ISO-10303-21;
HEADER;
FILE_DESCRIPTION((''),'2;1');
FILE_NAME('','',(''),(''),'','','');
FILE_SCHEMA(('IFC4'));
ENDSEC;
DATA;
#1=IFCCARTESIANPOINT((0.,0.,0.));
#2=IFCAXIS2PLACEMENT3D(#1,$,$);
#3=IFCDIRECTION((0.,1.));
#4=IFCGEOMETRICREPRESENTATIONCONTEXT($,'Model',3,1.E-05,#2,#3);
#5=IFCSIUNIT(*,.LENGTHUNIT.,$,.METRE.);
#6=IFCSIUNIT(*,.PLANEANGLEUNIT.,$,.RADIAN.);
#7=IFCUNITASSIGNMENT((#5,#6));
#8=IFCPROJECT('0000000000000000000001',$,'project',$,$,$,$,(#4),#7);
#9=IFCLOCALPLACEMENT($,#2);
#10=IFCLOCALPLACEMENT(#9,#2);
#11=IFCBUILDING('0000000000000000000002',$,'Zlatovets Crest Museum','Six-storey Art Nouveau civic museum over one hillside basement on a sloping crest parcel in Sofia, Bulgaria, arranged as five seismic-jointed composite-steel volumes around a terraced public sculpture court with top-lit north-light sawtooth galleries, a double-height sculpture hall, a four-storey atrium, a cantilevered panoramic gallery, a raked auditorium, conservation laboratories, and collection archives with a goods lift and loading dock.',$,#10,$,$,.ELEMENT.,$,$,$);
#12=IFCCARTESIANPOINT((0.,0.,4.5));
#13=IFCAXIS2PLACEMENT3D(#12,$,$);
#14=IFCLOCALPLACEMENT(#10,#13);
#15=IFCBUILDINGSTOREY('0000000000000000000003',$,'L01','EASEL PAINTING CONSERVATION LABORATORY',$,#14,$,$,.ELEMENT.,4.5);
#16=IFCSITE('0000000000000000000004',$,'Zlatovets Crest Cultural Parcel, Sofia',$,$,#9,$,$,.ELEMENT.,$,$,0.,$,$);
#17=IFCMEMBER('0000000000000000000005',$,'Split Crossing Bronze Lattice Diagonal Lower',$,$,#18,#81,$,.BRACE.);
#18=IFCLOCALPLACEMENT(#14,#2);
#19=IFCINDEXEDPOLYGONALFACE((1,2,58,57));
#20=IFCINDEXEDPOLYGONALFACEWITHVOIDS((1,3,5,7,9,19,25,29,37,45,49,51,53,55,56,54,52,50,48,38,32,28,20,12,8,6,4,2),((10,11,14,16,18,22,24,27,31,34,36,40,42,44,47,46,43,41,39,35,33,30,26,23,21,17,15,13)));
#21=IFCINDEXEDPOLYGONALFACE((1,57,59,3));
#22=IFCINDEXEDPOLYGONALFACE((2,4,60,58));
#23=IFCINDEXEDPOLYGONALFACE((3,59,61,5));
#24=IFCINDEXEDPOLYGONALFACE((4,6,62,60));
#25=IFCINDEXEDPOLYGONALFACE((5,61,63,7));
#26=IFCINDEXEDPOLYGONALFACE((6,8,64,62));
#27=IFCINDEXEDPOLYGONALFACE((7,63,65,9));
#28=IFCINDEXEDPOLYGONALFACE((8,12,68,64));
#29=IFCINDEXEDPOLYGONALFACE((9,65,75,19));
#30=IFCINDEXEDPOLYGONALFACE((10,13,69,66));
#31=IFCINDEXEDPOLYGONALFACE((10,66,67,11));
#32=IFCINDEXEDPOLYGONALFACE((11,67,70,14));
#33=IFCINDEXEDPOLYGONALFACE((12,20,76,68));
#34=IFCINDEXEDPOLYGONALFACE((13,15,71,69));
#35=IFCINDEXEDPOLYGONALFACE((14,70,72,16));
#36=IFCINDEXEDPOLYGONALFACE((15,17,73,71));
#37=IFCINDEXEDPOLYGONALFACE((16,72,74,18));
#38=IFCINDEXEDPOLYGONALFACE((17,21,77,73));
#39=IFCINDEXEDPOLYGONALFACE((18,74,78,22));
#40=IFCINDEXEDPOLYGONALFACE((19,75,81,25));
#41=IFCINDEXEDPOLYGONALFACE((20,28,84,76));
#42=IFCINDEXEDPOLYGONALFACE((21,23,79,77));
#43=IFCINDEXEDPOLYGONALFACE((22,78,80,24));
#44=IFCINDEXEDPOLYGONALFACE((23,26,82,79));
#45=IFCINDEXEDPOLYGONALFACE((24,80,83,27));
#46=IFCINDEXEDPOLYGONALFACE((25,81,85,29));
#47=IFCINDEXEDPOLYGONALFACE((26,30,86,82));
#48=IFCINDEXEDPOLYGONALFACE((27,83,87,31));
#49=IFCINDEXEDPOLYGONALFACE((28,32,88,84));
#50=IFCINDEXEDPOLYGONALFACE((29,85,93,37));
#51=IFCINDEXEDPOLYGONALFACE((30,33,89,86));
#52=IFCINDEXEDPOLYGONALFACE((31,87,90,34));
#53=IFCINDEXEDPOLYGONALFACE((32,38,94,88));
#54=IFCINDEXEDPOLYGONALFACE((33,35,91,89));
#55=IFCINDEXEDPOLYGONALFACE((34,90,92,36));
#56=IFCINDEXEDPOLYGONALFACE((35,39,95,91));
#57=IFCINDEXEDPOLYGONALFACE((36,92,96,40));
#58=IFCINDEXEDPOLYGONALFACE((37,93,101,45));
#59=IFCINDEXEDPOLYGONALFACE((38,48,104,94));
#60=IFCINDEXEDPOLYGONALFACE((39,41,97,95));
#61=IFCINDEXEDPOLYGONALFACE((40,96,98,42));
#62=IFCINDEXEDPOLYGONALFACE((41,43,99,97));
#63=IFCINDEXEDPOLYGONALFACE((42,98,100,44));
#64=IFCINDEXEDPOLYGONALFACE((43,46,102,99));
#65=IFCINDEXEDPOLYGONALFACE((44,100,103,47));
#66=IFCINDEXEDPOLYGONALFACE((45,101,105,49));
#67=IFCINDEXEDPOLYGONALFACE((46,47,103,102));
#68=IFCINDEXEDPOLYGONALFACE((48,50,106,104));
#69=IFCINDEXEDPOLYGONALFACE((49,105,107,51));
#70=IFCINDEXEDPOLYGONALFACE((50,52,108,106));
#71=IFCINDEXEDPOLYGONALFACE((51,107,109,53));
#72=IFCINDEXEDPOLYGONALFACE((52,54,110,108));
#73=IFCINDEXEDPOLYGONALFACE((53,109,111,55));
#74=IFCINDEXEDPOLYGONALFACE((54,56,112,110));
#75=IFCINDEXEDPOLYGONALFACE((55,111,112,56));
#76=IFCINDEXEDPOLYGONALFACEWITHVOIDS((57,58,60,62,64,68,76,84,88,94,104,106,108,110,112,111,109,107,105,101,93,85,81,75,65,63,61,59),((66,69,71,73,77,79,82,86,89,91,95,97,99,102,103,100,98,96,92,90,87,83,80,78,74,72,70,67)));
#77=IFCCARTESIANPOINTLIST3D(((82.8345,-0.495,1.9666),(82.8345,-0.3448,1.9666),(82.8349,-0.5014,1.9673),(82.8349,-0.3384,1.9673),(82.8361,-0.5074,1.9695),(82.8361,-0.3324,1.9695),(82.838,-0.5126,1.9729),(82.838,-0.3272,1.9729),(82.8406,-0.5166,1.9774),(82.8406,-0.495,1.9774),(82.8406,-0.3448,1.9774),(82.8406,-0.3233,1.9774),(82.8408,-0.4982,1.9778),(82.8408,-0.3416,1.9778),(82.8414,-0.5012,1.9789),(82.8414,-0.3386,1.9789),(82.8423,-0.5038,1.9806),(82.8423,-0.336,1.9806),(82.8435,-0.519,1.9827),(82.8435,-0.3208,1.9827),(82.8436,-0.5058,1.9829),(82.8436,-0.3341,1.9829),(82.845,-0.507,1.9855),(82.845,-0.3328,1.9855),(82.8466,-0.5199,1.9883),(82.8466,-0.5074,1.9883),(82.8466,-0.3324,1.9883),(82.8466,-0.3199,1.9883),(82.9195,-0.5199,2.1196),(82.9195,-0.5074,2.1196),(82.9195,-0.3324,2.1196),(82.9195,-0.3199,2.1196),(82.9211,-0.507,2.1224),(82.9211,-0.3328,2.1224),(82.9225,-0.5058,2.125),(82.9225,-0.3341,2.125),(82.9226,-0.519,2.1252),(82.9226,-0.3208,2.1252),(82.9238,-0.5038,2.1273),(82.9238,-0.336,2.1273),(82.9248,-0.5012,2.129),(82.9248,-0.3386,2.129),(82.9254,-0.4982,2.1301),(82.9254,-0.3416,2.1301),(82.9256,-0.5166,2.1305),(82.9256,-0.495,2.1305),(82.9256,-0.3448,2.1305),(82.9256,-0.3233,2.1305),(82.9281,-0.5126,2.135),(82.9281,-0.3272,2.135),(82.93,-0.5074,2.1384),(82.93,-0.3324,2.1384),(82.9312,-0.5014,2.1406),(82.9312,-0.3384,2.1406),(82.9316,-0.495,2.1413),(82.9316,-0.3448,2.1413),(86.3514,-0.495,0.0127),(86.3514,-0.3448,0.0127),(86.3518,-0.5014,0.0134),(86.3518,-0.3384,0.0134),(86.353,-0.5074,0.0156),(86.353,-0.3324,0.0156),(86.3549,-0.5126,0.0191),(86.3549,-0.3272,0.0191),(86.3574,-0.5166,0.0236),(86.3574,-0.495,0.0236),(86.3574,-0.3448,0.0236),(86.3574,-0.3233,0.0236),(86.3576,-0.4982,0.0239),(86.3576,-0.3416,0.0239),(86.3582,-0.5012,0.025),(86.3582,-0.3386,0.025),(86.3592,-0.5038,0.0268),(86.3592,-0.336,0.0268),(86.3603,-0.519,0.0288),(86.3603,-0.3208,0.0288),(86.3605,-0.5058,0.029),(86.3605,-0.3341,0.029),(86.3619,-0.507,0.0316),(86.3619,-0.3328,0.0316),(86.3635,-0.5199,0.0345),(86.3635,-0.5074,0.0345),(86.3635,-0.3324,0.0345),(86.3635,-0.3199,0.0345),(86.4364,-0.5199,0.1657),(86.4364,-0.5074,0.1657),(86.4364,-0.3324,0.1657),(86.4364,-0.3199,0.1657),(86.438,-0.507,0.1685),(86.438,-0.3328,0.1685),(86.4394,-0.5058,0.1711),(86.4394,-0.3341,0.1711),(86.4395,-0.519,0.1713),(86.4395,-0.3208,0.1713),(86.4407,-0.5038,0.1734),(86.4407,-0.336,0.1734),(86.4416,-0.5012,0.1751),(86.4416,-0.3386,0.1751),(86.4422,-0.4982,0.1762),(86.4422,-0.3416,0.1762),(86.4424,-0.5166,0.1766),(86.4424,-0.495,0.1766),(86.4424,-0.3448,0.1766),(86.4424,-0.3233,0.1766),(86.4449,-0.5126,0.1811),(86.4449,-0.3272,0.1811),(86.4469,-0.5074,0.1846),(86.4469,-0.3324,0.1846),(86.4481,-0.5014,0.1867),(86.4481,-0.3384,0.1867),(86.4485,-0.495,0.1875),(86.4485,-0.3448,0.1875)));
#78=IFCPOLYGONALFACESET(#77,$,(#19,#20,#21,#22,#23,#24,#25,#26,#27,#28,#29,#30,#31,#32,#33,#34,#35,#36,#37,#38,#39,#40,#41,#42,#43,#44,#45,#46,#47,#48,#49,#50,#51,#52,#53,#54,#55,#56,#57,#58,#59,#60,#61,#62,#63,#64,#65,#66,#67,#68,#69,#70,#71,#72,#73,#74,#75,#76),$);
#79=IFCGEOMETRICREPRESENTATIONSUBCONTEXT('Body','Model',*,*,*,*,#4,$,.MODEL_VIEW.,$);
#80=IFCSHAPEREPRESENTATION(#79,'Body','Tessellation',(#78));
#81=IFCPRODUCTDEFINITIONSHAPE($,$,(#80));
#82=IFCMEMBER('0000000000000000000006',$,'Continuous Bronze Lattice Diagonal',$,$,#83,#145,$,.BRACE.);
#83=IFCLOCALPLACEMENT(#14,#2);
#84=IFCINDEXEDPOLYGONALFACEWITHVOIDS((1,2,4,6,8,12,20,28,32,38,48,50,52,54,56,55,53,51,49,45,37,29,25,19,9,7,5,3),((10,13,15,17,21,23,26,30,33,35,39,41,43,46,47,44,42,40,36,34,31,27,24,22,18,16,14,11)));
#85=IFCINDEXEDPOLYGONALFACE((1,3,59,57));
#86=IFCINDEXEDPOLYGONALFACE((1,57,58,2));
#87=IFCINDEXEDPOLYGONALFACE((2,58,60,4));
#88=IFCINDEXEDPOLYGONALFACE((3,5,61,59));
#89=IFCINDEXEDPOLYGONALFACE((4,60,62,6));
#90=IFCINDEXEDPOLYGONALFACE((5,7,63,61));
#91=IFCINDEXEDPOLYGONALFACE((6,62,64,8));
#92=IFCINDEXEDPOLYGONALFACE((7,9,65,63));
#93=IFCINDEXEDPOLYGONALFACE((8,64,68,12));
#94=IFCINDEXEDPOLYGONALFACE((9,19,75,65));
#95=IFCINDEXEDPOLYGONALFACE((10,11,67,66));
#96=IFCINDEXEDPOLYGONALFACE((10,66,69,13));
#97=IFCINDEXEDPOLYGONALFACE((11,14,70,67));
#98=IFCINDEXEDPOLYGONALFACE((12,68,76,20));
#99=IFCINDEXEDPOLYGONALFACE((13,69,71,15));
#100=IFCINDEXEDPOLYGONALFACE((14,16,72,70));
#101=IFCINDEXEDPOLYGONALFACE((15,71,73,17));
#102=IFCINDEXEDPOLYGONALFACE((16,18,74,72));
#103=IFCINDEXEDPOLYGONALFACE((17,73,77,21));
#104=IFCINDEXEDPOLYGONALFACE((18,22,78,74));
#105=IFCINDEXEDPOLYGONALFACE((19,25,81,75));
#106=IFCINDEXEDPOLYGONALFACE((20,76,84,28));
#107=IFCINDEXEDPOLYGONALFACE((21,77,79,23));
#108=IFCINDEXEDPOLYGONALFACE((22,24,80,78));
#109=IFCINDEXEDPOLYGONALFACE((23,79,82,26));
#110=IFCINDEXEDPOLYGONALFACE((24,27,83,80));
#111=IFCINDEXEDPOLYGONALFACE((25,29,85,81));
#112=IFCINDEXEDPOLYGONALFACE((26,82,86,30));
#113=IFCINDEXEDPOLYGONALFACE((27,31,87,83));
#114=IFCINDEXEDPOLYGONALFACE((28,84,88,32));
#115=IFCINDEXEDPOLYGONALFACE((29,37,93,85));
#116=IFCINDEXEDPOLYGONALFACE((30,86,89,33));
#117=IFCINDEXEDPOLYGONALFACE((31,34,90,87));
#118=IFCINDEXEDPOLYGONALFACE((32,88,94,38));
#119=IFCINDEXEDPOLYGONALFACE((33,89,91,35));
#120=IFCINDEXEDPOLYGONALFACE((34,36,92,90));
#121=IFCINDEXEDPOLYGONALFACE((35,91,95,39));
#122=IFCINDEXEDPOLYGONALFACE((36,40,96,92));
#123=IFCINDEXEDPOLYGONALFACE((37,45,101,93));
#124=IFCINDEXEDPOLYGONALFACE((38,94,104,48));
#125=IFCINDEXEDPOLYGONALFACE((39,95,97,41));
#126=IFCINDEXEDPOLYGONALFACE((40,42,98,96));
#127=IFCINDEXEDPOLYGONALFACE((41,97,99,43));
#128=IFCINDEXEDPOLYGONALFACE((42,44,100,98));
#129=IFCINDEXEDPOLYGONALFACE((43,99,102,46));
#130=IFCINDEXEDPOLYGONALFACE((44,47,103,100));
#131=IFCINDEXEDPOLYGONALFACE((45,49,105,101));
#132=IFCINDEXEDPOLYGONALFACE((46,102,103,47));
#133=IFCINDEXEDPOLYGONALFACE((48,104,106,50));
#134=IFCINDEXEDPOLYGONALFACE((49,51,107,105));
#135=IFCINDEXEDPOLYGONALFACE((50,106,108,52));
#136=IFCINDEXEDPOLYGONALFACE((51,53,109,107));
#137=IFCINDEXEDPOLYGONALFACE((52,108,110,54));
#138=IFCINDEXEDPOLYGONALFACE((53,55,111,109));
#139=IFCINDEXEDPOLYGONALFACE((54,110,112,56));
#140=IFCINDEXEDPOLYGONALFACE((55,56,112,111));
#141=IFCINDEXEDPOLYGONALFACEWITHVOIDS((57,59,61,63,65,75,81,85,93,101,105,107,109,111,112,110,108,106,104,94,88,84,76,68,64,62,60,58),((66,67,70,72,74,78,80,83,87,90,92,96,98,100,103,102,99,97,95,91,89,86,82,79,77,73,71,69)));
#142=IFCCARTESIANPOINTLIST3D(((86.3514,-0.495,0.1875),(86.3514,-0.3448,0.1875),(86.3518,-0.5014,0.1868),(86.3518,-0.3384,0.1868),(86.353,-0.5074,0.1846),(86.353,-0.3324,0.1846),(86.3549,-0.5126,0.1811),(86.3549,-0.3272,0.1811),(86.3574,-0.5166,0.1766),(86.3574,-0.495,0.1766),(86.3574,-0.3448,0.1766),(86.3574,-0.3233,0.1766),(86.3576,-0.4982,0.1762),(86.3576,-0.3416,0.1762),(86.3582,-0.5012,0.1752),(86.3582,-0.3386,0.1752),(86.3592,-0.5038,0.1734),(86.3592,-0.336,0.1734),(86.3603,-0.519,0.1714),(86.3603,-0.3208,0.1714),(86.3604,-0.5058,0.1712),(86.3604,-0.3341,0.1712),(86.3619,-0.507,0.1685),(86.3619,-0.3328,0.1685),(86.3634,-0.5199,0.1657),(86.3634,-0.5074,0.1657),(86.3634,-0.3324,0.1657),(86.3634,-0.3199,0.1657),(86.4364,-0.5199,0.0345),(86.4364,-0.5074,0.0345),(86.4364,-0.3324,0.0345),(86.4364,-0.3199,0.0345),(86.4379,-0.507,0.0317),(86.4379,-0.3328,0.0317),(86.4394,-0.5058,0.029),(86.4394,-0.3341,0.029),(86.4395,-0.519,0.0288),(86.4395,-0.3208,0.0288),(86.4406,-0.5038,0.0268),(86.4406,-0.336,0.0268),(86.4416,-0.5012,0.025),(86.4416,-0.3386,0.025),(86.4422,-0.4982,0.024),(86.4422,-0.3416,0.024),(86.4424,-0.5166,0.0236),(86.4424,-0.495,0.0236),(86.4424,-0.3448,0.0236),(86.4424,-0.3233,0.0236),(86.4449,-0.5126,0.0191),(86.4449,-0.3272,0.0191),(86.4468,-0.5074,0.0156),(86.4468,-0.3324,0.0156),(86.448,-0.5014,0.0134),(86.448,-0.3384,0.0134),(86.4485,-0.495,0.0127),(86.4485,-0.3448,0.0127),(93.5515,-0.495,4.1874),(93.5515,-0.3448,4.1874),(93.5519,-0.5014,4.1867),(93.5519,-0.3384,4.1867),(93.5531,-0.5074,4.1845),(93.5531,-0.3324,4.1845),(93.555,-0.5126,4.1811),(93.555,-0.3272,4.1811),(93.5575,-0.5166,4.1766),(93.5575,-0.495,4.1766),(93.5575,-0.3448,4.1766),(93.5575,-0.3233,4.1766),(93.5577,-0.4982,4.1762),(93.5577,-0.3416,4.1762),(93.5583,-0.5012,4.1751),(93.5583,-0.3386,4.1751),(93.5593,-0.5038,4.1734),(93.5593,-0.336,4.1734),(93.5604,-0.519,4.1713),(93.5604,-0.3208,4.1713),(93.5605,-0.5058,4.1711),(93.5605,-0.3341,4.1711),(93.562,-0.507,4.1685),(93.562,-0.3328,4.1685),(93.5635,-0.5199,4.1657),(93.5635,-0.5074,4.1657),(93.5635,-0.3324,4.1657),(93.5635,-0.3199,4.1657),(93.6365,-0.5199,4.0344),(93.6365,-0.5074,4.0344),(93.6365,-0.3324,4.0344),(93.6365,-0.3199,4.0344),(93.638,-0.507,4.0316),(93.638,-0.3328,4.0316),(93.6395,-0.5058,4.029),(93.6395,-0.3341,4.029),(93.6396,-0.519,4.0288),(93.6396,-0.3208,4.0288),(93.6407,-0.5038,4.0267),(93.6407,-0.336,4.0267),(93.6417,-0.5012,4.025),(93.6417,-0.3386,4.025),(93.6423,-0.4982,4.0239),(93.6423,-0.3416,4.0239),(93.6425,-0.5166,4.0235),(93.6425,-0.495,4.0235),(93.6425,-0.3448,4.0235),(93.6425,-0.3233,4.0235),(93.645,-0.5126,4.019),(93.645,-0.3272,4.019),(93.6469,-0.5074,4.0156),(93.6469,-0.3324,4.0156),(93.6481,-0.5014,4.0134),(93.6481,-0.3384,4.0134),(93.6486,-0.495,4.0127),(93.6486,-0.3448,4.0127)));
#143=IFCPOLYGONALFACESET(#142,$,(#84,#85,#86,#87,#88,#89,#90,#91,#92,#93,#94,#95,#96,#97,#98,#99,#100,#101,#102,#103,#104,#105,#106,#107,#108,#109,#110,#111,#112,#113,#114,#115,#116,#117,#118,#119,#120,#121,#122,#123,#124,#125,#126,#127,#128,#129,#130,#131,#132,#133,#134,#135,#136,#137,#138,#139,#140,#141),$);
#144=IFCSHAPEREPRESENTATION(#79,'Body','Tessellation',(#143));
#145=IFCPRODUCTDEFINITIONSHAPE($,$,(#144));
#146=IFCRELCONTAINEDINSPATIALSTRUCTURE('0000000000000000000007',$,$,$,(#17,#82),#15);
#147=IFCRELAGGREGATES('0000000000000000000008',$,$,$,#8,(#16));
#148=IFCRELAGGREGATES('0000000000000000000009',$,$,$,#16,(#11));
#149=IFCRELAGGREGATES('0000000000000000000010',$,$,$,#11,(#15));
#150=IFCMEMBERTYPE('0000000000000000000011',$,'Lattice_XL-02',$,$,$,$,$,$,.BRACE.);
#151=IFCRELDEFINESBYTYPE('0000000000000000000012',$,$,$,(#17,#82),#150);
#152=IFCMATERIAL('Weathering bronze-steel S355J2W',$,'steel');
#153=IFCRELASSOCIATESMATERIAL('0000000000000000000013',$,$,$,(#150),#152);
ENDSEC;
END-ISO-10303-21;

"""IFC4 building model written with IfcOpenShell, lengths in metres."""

from ifc_helpers import new_model, si_unit, direction, frame, origin, origin_2d, place, context, subcontext, project, spatial, hollow_rectangle, extrude, material, material_profile, profile_set, type_object, element, save


model = new_model("IFC4")

# Units and contexts
model_context = context("Model", 3, precision=1e-05, world=origin(), true_north=direction((0.0, 1.0)))
body_context = subcontext(model_context, "Body", "Model", "MODEL_VIEW")
ifc_project = project(units=[si_unit("LENGTHUNIT", "METRE"), si_unit("PLANEANGLEUNIT", "RADIAN")], contexts=[model_context])

# Site, building, storey
site_placement = place(None, origin())
site = spatial("IfcSite", under=ifc_project, at=site_placement, Name="Zlatovets Crest Cultural Parcel, Sofia", CompositionType="ELEMENT", RefElevation=0.0)
building_placement = place(site_placement, origin())
building = spatial("IfcBuilding", under=site, at=building_placement, Name="Zlatovets Crest Museum", Description="Six-storey Art Nouveau civic museum over one hillside basement on a sloping crest parcel in Sofia, Bulgaria, arranged as five seismic-jointed composite-steel volumes around a terraced public sculpture court with top-lit north-light sawtooth galleries, a double-height sculpture hall, a four-storey atrium, a cantilevered panoramic gallery, a raked auditorium, conservation laboratories, and collection archives with a goods lift and loading dock.", CompositionType="ELEMENT")
storey_placement = place(building_placement, frame((0.0, 0.0, 4.5)))
storey = spatial("IfcBuildingStorey", under=building, at=storey_placement, Name="L01", Description="EASEL PAINTING CONSERVATION LABORATORY", CompositionType="ELEMENT", Elevation=4.5)

# Members
ifc_material_1 = material(Name="Weathering bronze-steel S355J2W", Category="steel")
ifc_material_profile_1 = material_profile(ifc_material_1, hollow_rectangle(XDim=0.2, YDim=0.2, WallThickness=0.0125, InnerFilletRadius=0.0125, OuterFilletRadius=0.0249, at=origin_2d()), Name="SHS 200x200x12.5")
ifc_profile_set_1 = profile_set([ifc_material_profile_1], Name="Weathering bronze-steel S355J2W")
member_type_1 = type_object("IfcMemberType", Name="Lattice_XL-02", PredefinedType="BRACE", material=ifc_profile_set_1)
member_1_placement = place(storey_placement, frame((82.8831, -0.4199, 2.054), z_axis=(0.874152, 0.0, -0.485653), x_axis=(0.0, 1.0, 0.0)))
element("IfcMember", 1, at=member_1_placement, inside=storey, type_object=member_type_1, Name="Split Crossing Bronze Lattice Diagonal Lower", PredefinedType="BRACE", context=body_context, shape_type="SweptSolid", body=[
    extrude(hollow_rectangle(XDim=0.2, YDim=0.2, WallThickness=0.0125, InnerFilletRadius=0.0125, OuterFilletRadius=0.0249, at=origin_2d()), origin(), (0.0, 0.0, 1.0), 4.0232),
])
member_2_placement = place(storey_placement, frame((86.3999, -0.4199, 0.1001), z_axis=(0.874163, 0.0, 0.485633), x_axis=(0.0, 1.0, 0.0)))
element("IfcMember", 2, at=member_2_placement, inside=storey, type_object=member_type_1, Name="Continuous Bronze Lattice Diagonal", PredefinedType="BRACE", context=body_context, shape_type="SweptSolid", body=[
    extrude(hollow_rectangle(XDim=0.2, YDim=0.2, WallThickness=0.0125, InnerFilletRadius=0.0125, OuterFilletRadius=0.0249, at=origin_2d()), origin(), (0.0, 0.0, 1.0), 8.2366),
])

save(model, "model.ifc")
